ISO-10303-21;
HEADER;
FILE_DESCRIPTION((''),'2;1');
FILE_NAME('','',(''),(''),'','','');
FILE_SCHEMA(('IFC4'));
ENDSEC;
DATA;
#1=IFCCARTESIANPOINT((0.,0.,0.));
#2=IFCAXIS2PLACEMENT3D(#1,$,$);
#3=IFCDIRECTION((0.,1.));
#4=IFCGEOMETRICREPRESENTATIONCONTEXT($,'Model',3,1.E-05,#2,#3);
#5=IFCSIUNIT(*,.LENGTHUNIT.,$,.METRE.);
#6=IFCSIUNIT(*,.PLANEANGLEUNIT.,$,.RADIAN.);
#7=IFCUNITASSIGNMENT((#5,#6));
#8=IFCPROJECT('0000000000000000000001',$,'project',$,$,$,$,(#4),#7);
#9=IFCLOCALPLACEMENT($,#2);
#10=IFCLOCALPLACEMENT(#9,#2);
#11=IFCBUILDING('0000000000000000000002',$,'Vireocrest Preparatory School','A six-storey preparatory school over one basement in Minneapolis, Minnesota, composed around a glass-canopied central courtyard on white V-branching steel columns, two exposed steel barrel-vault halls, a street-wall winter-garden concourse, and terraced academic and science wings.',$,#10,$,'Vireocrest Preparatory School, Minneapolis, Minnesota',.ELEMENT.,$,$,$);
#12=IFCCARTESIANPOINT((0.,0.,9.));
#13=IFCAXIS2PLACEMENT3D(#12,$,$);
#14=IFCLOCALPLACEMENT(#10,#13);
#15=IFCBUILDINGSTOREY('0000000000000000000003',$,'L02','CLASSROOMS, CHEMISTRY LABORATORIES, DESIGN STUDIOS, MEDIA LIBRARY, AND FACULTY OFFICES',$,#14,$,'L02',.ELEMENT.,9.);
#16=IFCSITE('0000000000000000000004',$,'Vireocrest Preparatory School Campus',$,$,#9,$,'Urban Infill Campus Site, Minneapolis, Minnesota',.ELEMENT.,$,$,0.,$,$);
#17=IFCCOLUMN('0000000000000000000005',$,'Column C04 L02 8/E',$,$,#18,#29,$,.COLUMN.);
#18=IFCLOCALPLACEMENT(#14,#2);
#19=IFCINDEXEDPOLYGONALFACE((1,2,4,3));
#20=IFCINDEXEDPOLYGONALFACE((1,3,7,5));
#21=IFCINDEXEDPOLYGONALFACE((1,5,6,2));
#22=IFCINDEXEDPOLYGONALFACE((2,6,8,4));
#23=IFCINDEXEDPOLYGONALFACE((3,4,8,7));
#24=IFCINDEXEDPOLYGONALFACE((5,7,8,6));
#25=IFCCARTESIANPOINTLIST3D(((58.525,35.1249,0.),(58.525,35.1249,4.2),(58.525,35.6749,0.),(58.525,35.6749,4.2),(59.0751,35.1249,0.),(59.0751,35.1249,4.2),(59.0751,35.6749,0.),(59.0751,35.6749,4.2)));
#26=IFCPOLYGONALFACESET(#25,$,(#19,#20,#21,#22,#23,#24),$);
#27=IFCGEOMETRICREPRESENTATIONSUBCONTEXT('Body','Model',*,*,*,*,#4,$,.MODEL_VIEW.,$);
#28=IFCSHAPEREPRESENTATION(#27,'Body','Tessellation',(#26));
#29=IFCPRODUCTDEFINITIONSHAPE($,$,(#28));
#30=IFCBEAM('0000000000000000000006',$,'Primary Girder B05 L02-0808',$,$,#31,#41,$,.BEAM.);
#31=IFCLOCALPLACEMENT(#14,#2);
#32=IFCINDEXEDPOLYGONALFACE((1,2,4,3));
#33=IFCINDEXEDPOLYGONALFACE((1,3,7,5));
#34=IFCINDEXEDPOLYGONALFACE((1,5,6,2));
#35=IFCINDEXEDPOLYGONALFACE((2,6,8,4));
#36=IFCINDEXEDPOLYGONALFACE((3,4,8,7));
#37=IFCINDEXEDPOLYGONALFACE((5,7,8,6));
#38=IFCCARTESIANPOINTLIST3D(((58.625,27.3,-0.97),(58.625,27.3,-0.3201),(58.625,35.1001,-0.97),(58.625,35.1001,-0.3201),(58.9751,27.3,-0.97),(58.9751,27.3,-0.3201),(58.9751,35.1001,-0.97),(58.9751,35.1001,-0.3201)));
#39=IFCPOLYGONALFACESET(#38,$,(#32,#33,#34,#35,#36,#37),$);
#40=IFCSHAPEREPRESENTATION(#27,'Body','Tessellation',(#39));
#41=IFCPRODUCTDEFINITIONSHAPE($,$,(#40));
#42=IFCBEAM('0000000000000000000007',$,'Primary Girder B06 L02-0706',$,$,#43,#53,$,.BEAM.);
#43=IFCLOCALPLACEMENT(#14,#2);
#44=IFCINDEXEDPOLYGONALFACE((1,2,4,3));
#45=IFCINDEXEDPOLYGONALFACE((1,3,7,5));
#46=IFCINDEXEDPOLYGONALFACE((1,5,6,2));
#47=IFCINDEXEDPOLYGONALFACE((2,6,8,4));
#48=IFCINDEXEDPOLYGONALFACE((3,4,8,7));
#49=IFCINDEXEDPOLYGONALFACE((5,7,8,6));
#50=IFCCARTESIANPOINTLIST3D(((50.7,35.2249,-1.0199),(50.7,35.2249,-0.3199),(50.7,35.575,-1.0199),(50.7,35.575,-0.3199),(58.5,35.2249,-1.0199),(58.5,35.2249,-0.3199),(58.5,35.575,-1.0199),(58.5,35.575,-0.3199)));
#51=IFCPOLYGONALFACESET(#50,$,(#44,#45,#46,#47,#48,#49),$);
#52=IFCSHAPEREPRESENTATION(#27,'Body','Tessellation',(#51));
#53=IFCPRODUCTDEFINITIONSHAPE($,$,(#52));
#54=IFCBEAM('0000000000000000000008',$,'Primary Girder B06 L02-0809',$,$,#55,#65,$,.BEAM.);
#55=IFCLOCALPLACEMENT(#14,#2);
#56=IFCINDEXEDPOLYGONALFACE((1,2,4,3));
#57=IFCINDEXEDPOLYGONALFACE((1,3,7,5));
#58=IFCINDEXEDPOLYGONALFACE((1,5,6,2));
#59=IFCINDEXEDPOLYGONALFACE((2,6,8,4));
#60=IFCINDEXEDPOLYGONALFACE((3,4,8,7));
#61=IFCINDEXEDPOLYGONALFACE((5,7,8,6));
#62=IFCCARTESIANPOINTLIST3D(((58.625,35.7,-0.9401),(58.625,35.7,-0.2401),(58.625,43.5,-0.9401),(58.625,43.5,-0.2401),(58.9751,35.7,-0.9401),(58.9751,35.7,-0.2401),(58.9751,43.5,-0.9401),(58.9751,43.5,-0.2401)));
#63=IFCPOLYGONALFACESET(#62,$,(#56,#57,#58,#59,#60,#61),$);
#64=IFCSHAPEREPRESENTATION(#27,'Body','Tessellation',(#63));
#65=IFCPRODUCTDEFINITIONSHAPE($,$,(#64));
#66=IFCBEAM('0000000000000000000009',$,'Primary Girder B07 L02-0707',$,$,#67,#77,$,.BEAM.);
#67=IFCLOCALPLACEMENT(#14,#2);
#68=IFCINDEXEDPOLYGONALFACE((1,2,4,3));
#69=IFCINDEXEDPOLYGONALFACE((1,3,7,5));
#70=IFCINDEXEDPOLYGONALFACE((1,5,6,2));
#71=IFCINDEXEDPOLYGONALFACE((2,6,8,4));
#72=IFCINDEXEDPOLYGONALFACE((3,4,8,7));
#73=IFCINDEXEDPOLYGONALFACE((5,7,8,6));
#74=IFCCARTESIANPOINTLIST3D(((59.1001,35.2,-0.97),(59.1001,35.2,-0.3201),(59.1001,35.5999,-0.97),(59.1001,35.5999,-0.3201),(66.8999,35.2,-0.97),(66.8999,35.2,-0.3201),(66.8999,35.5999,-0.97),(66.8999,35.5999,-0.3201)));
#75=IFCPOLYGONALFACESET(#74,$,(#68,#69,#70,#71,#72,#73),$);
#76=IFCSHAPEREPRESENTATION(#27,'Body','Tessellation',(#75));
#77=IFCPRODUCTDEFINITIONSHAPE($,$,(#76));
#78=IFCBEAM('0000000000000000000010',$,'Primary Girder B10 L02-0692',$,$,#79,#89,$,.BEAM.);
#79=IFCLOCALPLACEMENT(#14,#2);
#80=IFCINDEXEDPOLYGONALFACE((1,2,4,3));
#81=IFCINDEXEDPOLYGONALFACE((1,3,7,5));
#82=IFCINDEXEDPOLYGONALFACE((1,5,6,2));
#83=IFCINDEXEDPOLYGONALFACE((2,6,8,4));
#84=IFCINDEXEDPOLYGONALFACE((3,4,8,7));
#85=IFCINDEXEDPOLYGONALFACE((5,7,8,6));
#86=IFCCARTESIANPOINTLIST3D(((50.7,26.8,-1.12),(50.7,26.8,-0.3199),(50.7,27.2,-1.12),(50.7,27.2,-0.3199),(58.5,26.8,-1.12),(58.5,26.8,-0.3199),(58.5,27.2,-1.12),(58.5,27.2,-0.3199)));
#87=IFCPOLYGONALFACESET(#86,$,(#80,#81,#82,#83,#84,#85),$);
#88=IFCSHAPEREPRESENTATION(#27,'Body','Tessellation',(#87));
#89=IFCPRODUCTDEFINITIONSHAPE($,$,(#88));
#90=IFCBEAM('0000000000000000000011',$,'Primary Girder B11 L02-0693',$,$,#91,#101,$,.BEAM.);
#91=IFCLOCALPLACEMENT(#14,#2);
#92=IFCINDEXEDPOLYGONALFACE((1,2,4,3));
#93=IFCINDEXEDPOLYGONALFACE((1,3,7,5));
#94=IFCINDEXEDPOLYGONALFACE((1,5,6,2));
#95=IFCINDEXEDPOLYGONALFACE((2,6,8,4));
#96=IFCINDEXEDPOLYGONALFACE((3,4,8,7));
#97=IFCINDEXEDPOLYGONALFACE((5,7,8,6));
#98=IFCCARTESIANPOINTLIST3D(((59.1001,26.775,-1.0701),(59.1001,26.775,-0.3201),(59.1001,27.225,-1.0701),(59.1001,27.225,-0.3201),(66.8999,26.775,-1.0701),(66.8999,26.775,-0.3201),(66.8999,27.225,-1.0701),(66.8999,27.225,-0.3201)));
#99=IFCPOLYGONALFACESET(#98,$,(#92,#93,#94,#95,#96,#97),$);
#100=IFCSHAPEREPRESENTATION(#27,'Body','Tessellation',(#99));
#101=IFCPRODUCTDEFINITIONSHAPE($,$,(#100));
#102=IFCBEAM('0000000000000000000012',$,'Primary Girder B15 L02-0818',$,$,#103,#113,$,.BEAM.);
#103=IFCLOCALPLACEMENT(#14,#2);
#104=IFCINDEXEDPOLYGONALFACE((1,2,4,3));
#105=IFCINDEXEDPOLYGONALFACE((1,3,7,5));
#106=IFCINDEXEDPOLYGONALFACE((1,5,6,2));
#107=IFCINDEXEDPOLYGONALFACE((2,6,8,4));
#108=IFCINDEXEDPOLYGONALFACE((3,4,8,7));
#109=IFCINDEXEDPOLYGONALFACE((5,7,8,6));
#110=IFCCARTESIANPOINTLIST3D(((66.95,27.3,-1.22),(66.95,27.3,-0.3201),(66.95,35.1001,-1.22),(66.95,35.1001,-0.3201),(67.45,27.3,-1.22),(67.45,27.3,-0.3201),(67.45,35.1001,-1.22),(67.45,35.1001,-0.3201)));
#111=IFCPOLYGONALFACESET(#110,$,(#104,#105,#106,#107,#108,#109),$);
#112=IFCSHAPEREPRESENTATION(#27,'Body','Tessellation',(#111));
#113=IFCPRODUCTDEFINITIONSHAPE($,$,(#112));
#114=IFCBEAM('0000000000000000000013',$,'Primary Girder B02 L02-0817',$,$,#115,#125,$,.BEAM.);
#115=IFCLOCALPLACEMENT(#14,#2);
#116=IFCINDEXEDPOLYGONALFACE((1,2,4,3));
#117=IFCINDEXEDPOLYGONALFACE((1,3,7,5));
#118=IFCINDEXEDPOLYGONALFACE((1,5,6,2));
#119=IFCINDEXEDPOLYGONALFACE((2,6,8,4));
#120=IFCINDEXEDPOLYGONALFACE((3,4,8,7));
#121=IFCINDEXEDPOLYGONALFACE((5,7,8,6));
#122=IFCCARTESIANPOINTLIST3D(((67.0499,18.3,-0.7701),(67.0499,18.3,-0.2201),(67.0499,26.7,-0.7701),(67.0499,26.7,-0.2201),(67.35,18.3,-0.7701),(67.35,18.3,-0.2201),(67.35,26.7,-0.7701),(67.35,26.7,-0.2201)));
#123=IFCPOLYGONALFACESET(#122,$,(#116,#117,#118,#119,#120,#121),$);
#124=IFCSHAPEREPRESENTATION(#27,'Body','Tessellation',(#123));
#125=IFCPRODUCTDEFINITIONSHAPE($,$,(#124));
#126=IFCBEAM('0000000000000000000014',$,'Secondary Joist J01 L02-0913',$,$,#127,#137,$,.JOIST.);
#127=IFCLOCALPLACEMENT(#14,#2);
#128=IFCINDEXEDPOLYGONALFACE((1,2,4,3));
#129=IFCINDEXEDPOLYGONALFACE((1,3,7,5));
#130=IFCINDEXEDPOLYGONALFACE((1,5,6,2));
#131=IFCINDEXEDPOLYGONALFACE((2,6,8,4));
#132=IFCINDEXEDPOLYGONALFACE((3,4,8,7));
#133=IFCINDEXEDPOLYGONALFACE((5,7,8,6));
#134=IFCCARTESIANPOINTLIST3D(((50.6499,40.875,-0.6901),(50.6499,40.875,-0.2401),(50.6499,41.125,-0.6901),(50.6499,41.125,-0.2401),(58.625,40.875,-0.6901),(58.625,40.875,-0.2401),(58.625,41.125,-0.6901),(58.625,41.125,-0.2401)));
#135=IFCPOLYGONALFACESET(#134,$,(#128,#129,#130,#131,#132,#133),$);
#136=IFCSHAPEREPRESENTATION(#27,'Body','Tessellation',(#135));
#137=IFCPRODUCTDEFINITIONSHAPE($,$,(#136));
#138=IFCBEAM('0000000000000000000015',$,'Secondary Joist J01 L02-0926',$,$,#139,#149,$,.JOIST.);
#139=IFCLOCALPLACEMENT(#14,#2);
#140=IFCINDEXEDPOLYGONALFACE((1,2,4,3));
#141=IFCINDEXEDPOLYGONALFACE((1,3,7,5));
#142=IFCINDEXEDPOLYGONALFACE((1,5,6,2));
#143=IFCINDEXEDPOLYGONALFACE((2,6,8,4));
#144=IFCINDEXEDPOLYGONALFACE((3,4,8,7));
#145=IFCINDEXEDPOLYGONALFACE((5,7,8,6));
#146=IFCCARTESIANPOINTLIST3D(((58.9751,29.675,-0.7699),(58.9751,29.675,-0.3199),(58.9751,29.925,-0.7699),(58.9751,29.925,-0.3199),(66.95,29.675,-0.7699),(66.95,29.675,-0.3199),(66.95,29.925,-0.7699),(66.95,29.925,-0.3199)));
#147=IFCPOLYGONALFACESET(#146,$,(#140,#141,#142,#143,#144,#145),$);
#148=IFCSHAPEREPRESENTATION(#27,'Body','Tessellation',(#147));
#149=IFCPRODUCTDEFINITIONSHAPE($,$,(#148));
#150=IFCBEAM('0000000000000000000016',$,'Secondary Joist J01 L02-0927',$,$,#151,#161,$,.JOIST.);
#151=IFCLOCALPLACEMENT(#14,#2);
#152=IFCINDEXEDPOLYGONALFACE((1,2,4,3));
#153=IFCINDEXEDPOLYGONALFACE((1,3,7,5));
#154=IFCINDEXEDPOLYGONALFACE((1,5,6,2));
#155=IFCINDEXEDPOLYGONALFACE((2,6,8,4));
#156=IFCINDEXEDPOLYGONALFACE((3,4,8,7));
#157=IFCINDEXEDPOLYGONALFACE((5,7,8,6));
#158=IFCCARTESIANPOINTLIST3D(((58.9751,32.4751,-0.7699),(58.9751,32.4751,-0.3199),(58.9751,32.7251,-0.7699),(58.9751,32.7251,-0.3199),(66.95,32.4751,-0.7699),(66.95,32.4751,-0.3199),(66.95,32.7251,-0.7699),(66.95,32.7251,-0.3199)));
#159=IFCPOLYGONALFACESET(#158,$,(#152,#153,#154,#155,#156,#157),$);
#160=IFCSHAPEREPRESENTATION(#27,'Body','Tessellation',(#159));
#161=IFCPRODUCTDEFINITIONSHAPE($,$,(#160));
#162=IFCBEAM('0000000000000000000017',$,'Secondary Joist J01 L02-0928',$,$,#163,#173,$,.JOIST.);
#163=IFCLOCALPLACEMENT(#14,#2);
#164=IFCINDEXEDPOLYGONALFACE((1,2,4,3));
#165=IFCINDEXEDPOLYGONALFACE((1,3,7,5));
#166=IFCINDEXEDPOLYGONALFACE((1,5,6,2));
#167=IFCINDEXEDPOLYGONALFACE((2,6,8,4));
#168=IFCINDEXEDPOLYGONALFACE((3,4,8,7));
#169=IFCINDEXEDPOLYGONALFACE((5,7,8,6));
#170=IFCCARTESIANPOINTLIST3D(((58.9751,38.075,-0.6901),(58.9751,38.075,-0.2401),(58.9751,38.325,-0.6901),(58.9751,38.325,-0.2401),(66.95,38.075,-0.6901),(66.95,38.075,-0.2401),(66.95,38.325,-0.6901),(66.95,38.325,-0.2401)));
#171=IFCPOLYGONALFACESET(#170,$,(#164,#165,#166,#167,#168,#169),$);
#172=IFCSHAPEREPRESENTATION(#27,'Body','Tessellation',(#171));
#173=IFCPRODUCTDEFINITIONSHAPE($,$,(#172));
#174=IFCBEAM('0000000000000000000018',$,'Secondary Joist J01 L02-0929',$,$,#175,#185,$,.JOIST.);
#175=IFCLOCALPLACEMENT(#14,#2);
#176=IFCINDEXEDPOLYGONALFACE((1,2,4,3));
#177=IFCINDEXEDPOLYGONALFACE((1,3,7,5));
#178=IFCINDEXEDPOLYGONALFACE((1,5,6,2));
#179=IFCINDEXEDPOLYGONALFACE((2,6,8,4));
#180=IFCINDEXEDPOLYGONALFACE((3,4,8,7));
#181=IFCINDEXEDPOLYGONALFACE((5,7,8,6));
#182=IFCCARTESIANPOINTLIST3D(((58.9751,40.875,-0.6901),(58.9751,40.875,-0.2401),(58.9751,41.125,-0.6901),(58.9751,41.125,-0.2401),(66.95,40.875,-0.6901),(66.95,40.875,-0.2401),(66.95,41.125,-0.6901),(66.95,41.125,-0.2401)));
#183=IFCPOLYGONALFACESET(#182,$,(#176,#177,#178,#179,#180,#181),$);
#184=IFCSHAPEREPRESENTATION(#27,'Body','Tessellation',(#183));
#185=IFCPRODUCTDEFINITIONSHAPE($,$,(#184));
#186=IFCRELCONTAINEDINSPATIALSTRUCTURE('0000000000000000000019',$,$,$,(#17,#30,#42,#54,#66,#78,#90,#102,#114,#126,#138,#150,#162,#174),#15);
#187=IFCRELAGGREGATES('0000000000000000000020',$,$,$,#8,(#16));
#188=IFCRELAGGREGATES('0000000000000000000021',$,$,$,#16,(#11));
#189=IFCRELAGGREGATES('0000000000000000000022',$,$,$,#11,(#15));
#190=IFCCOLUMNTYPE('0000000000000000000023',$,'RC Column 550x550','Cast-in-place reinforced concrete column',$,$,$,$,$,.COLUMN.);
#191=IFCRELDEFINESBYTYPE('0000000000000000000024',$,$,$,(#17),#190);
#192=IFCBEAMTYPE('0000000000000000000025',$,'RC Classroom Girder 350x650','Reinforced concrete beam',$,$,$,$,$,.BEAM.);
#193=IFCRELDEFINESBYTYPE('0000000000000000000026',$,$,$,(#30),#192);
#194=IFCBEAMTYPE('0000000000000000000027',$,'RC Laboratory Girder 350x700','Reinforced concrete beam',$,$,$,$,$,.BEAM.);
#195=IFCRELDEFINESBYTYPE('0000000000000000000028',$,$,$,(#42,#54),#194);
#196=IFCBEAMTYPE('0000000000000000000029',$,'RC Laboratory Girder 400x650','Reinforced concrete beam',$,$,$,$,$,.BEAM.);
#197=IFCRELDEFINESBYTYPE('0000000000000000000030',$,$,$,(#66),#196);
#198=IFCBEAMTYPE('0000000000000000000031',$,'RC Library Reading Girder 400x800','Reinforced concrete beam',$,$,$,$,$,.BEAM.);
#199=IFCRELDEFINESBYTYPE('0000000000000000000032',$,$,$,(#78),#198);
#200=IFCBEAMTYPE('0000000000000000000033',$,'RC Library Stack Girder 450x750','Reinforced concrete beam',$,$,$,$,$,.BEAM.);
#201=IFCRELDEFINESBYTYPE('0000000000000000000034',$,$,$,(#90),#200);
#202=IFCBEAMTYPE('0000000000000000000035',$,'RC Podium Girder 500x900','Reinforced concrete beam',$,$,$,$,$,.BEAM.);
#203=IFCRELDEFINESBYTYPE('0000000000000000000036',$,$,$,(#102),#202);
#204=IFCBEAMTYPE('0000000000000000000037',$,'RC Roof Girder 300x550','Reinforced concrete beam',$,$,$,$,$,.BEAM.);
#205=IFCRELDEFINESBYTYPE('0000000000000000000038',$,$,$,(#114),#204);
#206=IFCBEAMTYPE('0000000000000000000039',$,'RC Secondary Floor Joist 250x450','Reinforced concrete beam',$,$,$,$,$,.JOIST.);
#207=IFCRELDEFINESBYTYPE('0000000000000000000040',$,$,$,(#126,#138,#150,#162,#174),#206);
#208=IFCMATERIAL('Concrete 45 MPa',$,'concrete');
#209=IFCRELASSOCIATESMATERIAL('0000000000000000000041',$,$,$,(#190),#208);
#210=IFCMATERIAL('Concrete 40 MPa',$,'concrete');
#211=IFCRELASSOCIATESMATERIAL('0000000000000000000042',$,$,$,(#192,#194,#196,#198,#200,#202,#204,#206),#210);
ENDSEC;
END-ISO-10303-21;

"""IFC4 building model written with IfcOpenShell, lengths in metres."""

from ifc_helpers import new_model, si_unit, direction, frame, origin, origin_2d, place, context, subcontext, project, spatial, rectangle, extrude, material, material_profile, profile_set, type_object, element, save


model = new_model("IFC4")

# Units and contexts
model_context = context("Model", 3, precision=1e-05, world=origin(), true_north=direction((0.0, 1.0)))
body_context = subcontext(model_context, "Body", "Model", "MODEL_VIEW")
ifc_project = project(units=[si_unit("LENGTHUNIT", "METRE"), si_unit("PLANEANGLEUNIT", "RADIAN")], contexts=[model_context])

# Site, building, storey
site_placement = place(None, origin())
site = spatial("IfcSite", under=ifc_project, at=site_placement, Name="Vireocrest Preparatory School Campus", LongName="Urban Infill Campus Site, Minneapolis, Minnesota", CompositionType="ELEMENT", RefElevation=0.0)
building_placement = place(site_placement, origin())
building = spatial("IfcBuilding", under=site, at=building_placement, Name="Vireocrest Preparatory School", Description="A six-storey preparatory school over one basement in Minneapolis, Minnesota, composed around a glass-canopied central courtyard on white V-branching steel columns, two exposed steel barrel-vault halls, a street-wall winter-garden concourse, and terraced academic and science wings.", LongName="Vireocrest Preparatory School, Minneapolis, Minnesota", CompositionType="ELEMENT")
storey_placement = place(building_placement, frame((0.0, 0.0, 9.0)))
storey = spatial("IfcBuildingStorey", under=building, at=storey_placement, Name="L02", Description="CLASSROOMS, CHEMISTRY LABORATORIES, DESIGN STUDIOS, MEDIA LIBRARY, AND FACULTY OFFICES", LongName="L02", CompositionType="ELEMENT", Elevation=9.0)

# Column
ifc_material_1 = material(Name="Concrete 45 MPa", Category="concrete")
ifc_material_profile_1 = material_profile(ifc_material_1, rectangle(XDim=0.55, YDim=0.55, at=origin_2d()), Name="RC 550x550")
ifc_profile_set_1 = profile_set([ifc_material_profile_1], Name="Concrete 45 MPa")
column_type = type_object("IfcColumnType", Name="RC Column 550x550", Description="Cast-in-place reinforced concrete column", PredefinedType="COLUMN", material=ifc_profile_set_1)
column_placement = place(storey_placement, frame((58.8, 35.3999, 0.0), z_axis=(0.0, 0.0, 1.0), x_axis=(1.0, 0.0, 0.0)))
element("IfcColumn", 1, at=column_placement, inside=storey, type_object=column_type, Name="Column C04 L02 8/E", PredefinedType="COLUMN", context=body_context, shape_type="SweptSolid", body=[
    extrude(rectangle(XDim=0.55, YDim=0.55, at=origin_2d()), origin(), (0.0, 0.0, 1.0), 4.2),
])

# Beams
ifc_material_2 = material(Name="Concrete 40 MPa", Category="concrete")
ifc_material_profile_2 = material_profile(ifc_material_2, rectangle(XDim=0.3501, YDim=0.6499, at=origin_2d()), Name="RC 350x650")
ifc_profile_set_2 = profile_set([ifc_material_profile_2], Name="Concrete 40 MPa")
beam_type_1 = type_object("IfcBeamType", Name="RC Classroom Girder 350x650", Description="Reinforced concrete beam", PredefinedType="BEAM", material=ifc_profile_set_2)
beam_1_placement = place(storey_placement, frame((58.8, 27.3, -0.645), z_axis=(0.0, 1.0, 0.0), x_axis=(-1.0, 0.0, 0.0)))
element("IfcBeam", 2, at=beam_1_placement, inside=storey, type_object=beam_type_1, Name="Primary Girder B05 L02-0808", PredefinedType="BEAM", context=body_context, shape_type="SweptSolid", body=[
    extrude(rectangle(XDim=0.3501, YDim=0.6499, at=origin_2d()), origin(), (0.0, 0.0, 1.0), 7.8),
])
ifc_material_profile_3 = material_profile(ifc_material_2, rectangle(XDim=0.3501, YDim=0.7, at=origin_2d()), Name="RC 350x700")
ifc_profile_set_3 = profile_set([ifc_material_profile_3], Name="Concrete 40 MPa")
beam_type_2 = type_object("IfcBeamType", Name="RC Laboratory Girder 350x700", Description="Reinforced concrete beam", PredefinedType="BEAM", material=ifc_profile_set_3)
for number, where, z_axis, x_axis, name in (
    (3, (50.7, 35.3999, -0.6699), (1.0, 0.0, 0.0), (0.0, 1.0, 0.0), "Primary Girder B06 L02-0706"),
    (4, (58.8, 35.7, -0.5901), (0.0, 1.0, 0.0), (-1.0, 0.0, 0.0), "Primary Girder B06 L02-0809"),
):
    element("IfcBeam", number, at=place(storey_placement, frame(where, z_axis=z_axis, x_axis=x_axis)), inside=storey, type_object=beam_type_2, Name=name, PredefinedType="BEAM", context=body_context, shape_type="SweptSolid", body=[
        extrude(rectangle(XDim=0.3501, YDim=0.7, at=origin_2d()), origin(), (0.0, 0.0, 1.0), 7.8),
    ])
ifc_material_profile_4 = material_profile(ifc_material_2, rectangle(XDim=0.3999, YDim=0.6499, at=origin_2d()), Name="RC 400x650")
ifc_profile_set_4 = profile_set([ifc_material_profile_4], Name="Concrete 40 MPa")
beam_type_3 = type_object("IfcBeamType", Name="RC Laboratory Girder 400x650", Description="Reinforced concrete beam", PredefinedType="BEAM", material=ifc_profile_set_4)
beam_2_placement = place(storey_placement, frame((59.1001, 35.3999, -0.645), z_axis=(1.0, 0.0, 0.0), x_axis=(0.0, 1.0, 0.0)))
element("IfcBeam", 5, at=beam_2_placement, inside=storey, type_object=beam_type_3, Name="Primary Girder B07 L02-0707", PredefinedType="BEAM", context=body_context, shape_type="SweptSolid", body=[
    extrude(rectangle(XDim=0.3999, YDim=0.6499, at=origin_2d()), origin(), (0.0, 0.0, 1.0), 7.7998),
])
ifc_material_profile_5 = material_profile(ifc_material_2, rectangle(XDim=0.3999, YDim=0.8, at=origin_2d()), Name="RC 400x800")
ifc_profile_set_5 = profile_set([ifc_material_profile_5], Name="Concrete 40 MPa")
beam_type_4 = type_object("IfcBeamType", Name="RC Library Reading Girder 400x800", Description="Reinforced concrete beam", PredefinedType="BEAM", material=ifc_profile_set_5)
beam_3_placement = place(storey_placement, frame((50.7, 27.0, -0.72), z_axis=(1.0, 0.0, 0.0), x_axis=(0.0, 1.0, 0.0)))
element("IfcBeam", 6, at=beam_3_placement, inside=storey, type_object=beam_type_4, Name="Primary Girder B10 L02-0692", PredefinedType="BEAM", context=body_context, shape_type="SweptSolid", body=[
    extrude(rectangle(XDim=0.3999, YDim=0.8, at=origin_2d()), origin(), (0.0, 0.0, 1.0), 7.8),
])
ifc_material_profile_6 = material_profile(ifc_material_2, rectangle(XDim=0.45, YDim=0.75, at=origin_2d()), Name="RC 450x750")
ifc_profile_set_6 = profile_set([ifc_material_profile_6], Name="Concrete 40 MPa")
beam_type_5 = type_object("IfcBeamType", Name="RC Library Stack Girder 450x750", Description="Reinforced concrete beam", PredefinedType="BEAM", material=ifc_profile_set_6)
beam_4_placement = place(storey_placement, frame((59.1001, 27.0, -0.6951), z_axis=(1.0, 0.0, 0.0), x_axis=(0.0, 1.0, 0.0)))
element("IfcBeam", 7, at=beam_4_placement, inside=storey, type_object=beam_type_5, Name="Primary Girder B11 L02-0693", PredefinedType="BEAM", context=body_context, shape_type="SweptSolid", body=[
    extrude(rectangle(XDim=0.45, YDim=0.75, at=origin_2d()), origin(), (0.0, 0.0, 1.0), 7.7998),
])
ifc_material_profile_7 = material_profile(ifc_material_2, rectangle(XDim=0.5, YDim=0.8999, at=origin_2d()), Name="RC 500x900")
ifc_profile_set_7 = profile_set([ifc_material_profile_7], Name="Concrete 40 MPa")
beam_type_6 = type_object("IfcBeamType", Name="RC Podium Girder 500x900", Description="Reinforced concrete beam", PredefinedType="BEAM", material=ifc_profile_set_7)
beam_5_placement = place(storey_placement, frame((67.2, 27.3, -0.77), z_axis=(0.0, 1.0, 0.0), x_axis=(-1.0, 0.0, 0.0)))
element("IfcBeam", 8, at=beam_5_placement, inside=storey, type_object=beam_type_6, Name="Primary Girder B15 L02-0818", PredefinedType="BEAM", context=body_context, shape_type="SweptSolid", body=[
    extrude(rectangle(XDim=0.5, YDim=0.8999, at=origin_2d()), origin(), (0.0, 0.0, 1.0), 7.8),
])
ifc_material_profile_8 = material_profile(ifc_material_2, rectangle(XDim=0.3, YDim=0.55, at=origin_2d()), Name="RC 300x550")
ifc_profile_set_8 = profile_set([ifc_material_profile_8], Name="Concrete 40 MPa")
beam_type_7 = type_object("IfcBeamType", Name="RC Roof Girder 300x550", Description="Reinforced concrete beam", PredefinedType="BEAM", material=ifc_profile_set_8)
beam_6_placement = place(storey_placement, frame((67.2, 18.3, -0.4951), z_axis=(0.0, 1.0, 0.0), x_axis=(-1.0, 0.0, 0.0)))
element("IfcBeam", 9, at=beam_6_placement, inside=storey, type_object=beam_type_7, Name="Primary Girder B02 L02-0817", PredefinedType="BEAM", context=body_context, shape_type="SweptSolid", body=[
    extrude(rectangle(XDim=0.3, YDim=0.55, at=origin_2d()), origin(), (0.0, 0.0, 1.0), 8.3999),
])
ifc_material_profile_9 = material_profile(ifc_material_2, rectangle(XDim=0.25, YDim=0.45, at=origin_2d()), Name="RC 250x450")
ifc_profile_set_9 = profile_set([ifc_material_profile_9], Name="Concrete 40 MPa")
beam_type_8 = type_object("IfcBeamType", Name="RC Secondary Floor Joist 250x450", Description="Reinforced concrete beam", PredefinedType="JOIST", material=ifc_profile_set_9)
beam_7_placement = place(storey_placement, frame((50.6499, 41.0, -0.4651), z_axis=(1.0, 0.0, 0.0), x_axis=(0.0, 1.0, 0.0)))
element("IfcBeam", 10, at=beam_7_placement, inside=storey, type_object=beam_type_8, Name="Secondary Joist J01 L02-0913", PredefinedType="JOIST", context=body_context, shape_type="SweptSolid", body=[
    extrude(rectangle(XDim=0.25, YDim=0.45, at=origin_2d()), origin(), (0.0, 0.0, 1.0), 7.9751),
])
for number, where, z_axis, x_axis, name in (
    (11, (58.9751, 29.8, -0.5449), (1.0, 0.0, 0.0), (0.0, 1.0, 0.0), "Secondary Joist J01 L02-0926"),
    (12, (58.9751, 32.6001, -0.5449), (1.0, 0.0, 0.0), (0.0, 1.0, 0.0), "Secondary Joist J01 L02-0927"),
    (13, (58.9751, 38.2, -0.4651), (1.0, 0.0, 0.0), (0.0, 1.0, 0.0), "Secondary Joist J01 L02-0928"),
    (14, (58.9751, 41.0, -0.4651), (1.0, 0.0, 0.0), (0.0, 1.0, 0.0), "Secondary Joist J01 L02-0929"),
):
    element("IfcBeam", number, at=place(storey_placement, frame(where, z_axis=z_axis, x_axis=x_axis)), inside=storey, type_object=beam_type_8, Name=name, PredefinedType="JOIST", context=body_context, shape_type="SweptSolid", body=[
        extrude(rectangle(XDim=0.25, YDim=0.45, at=origin_2d()), origin(), (0.0, 0.0, 1.0), 7.9749),
    ])

save(model, "model.ifc")
